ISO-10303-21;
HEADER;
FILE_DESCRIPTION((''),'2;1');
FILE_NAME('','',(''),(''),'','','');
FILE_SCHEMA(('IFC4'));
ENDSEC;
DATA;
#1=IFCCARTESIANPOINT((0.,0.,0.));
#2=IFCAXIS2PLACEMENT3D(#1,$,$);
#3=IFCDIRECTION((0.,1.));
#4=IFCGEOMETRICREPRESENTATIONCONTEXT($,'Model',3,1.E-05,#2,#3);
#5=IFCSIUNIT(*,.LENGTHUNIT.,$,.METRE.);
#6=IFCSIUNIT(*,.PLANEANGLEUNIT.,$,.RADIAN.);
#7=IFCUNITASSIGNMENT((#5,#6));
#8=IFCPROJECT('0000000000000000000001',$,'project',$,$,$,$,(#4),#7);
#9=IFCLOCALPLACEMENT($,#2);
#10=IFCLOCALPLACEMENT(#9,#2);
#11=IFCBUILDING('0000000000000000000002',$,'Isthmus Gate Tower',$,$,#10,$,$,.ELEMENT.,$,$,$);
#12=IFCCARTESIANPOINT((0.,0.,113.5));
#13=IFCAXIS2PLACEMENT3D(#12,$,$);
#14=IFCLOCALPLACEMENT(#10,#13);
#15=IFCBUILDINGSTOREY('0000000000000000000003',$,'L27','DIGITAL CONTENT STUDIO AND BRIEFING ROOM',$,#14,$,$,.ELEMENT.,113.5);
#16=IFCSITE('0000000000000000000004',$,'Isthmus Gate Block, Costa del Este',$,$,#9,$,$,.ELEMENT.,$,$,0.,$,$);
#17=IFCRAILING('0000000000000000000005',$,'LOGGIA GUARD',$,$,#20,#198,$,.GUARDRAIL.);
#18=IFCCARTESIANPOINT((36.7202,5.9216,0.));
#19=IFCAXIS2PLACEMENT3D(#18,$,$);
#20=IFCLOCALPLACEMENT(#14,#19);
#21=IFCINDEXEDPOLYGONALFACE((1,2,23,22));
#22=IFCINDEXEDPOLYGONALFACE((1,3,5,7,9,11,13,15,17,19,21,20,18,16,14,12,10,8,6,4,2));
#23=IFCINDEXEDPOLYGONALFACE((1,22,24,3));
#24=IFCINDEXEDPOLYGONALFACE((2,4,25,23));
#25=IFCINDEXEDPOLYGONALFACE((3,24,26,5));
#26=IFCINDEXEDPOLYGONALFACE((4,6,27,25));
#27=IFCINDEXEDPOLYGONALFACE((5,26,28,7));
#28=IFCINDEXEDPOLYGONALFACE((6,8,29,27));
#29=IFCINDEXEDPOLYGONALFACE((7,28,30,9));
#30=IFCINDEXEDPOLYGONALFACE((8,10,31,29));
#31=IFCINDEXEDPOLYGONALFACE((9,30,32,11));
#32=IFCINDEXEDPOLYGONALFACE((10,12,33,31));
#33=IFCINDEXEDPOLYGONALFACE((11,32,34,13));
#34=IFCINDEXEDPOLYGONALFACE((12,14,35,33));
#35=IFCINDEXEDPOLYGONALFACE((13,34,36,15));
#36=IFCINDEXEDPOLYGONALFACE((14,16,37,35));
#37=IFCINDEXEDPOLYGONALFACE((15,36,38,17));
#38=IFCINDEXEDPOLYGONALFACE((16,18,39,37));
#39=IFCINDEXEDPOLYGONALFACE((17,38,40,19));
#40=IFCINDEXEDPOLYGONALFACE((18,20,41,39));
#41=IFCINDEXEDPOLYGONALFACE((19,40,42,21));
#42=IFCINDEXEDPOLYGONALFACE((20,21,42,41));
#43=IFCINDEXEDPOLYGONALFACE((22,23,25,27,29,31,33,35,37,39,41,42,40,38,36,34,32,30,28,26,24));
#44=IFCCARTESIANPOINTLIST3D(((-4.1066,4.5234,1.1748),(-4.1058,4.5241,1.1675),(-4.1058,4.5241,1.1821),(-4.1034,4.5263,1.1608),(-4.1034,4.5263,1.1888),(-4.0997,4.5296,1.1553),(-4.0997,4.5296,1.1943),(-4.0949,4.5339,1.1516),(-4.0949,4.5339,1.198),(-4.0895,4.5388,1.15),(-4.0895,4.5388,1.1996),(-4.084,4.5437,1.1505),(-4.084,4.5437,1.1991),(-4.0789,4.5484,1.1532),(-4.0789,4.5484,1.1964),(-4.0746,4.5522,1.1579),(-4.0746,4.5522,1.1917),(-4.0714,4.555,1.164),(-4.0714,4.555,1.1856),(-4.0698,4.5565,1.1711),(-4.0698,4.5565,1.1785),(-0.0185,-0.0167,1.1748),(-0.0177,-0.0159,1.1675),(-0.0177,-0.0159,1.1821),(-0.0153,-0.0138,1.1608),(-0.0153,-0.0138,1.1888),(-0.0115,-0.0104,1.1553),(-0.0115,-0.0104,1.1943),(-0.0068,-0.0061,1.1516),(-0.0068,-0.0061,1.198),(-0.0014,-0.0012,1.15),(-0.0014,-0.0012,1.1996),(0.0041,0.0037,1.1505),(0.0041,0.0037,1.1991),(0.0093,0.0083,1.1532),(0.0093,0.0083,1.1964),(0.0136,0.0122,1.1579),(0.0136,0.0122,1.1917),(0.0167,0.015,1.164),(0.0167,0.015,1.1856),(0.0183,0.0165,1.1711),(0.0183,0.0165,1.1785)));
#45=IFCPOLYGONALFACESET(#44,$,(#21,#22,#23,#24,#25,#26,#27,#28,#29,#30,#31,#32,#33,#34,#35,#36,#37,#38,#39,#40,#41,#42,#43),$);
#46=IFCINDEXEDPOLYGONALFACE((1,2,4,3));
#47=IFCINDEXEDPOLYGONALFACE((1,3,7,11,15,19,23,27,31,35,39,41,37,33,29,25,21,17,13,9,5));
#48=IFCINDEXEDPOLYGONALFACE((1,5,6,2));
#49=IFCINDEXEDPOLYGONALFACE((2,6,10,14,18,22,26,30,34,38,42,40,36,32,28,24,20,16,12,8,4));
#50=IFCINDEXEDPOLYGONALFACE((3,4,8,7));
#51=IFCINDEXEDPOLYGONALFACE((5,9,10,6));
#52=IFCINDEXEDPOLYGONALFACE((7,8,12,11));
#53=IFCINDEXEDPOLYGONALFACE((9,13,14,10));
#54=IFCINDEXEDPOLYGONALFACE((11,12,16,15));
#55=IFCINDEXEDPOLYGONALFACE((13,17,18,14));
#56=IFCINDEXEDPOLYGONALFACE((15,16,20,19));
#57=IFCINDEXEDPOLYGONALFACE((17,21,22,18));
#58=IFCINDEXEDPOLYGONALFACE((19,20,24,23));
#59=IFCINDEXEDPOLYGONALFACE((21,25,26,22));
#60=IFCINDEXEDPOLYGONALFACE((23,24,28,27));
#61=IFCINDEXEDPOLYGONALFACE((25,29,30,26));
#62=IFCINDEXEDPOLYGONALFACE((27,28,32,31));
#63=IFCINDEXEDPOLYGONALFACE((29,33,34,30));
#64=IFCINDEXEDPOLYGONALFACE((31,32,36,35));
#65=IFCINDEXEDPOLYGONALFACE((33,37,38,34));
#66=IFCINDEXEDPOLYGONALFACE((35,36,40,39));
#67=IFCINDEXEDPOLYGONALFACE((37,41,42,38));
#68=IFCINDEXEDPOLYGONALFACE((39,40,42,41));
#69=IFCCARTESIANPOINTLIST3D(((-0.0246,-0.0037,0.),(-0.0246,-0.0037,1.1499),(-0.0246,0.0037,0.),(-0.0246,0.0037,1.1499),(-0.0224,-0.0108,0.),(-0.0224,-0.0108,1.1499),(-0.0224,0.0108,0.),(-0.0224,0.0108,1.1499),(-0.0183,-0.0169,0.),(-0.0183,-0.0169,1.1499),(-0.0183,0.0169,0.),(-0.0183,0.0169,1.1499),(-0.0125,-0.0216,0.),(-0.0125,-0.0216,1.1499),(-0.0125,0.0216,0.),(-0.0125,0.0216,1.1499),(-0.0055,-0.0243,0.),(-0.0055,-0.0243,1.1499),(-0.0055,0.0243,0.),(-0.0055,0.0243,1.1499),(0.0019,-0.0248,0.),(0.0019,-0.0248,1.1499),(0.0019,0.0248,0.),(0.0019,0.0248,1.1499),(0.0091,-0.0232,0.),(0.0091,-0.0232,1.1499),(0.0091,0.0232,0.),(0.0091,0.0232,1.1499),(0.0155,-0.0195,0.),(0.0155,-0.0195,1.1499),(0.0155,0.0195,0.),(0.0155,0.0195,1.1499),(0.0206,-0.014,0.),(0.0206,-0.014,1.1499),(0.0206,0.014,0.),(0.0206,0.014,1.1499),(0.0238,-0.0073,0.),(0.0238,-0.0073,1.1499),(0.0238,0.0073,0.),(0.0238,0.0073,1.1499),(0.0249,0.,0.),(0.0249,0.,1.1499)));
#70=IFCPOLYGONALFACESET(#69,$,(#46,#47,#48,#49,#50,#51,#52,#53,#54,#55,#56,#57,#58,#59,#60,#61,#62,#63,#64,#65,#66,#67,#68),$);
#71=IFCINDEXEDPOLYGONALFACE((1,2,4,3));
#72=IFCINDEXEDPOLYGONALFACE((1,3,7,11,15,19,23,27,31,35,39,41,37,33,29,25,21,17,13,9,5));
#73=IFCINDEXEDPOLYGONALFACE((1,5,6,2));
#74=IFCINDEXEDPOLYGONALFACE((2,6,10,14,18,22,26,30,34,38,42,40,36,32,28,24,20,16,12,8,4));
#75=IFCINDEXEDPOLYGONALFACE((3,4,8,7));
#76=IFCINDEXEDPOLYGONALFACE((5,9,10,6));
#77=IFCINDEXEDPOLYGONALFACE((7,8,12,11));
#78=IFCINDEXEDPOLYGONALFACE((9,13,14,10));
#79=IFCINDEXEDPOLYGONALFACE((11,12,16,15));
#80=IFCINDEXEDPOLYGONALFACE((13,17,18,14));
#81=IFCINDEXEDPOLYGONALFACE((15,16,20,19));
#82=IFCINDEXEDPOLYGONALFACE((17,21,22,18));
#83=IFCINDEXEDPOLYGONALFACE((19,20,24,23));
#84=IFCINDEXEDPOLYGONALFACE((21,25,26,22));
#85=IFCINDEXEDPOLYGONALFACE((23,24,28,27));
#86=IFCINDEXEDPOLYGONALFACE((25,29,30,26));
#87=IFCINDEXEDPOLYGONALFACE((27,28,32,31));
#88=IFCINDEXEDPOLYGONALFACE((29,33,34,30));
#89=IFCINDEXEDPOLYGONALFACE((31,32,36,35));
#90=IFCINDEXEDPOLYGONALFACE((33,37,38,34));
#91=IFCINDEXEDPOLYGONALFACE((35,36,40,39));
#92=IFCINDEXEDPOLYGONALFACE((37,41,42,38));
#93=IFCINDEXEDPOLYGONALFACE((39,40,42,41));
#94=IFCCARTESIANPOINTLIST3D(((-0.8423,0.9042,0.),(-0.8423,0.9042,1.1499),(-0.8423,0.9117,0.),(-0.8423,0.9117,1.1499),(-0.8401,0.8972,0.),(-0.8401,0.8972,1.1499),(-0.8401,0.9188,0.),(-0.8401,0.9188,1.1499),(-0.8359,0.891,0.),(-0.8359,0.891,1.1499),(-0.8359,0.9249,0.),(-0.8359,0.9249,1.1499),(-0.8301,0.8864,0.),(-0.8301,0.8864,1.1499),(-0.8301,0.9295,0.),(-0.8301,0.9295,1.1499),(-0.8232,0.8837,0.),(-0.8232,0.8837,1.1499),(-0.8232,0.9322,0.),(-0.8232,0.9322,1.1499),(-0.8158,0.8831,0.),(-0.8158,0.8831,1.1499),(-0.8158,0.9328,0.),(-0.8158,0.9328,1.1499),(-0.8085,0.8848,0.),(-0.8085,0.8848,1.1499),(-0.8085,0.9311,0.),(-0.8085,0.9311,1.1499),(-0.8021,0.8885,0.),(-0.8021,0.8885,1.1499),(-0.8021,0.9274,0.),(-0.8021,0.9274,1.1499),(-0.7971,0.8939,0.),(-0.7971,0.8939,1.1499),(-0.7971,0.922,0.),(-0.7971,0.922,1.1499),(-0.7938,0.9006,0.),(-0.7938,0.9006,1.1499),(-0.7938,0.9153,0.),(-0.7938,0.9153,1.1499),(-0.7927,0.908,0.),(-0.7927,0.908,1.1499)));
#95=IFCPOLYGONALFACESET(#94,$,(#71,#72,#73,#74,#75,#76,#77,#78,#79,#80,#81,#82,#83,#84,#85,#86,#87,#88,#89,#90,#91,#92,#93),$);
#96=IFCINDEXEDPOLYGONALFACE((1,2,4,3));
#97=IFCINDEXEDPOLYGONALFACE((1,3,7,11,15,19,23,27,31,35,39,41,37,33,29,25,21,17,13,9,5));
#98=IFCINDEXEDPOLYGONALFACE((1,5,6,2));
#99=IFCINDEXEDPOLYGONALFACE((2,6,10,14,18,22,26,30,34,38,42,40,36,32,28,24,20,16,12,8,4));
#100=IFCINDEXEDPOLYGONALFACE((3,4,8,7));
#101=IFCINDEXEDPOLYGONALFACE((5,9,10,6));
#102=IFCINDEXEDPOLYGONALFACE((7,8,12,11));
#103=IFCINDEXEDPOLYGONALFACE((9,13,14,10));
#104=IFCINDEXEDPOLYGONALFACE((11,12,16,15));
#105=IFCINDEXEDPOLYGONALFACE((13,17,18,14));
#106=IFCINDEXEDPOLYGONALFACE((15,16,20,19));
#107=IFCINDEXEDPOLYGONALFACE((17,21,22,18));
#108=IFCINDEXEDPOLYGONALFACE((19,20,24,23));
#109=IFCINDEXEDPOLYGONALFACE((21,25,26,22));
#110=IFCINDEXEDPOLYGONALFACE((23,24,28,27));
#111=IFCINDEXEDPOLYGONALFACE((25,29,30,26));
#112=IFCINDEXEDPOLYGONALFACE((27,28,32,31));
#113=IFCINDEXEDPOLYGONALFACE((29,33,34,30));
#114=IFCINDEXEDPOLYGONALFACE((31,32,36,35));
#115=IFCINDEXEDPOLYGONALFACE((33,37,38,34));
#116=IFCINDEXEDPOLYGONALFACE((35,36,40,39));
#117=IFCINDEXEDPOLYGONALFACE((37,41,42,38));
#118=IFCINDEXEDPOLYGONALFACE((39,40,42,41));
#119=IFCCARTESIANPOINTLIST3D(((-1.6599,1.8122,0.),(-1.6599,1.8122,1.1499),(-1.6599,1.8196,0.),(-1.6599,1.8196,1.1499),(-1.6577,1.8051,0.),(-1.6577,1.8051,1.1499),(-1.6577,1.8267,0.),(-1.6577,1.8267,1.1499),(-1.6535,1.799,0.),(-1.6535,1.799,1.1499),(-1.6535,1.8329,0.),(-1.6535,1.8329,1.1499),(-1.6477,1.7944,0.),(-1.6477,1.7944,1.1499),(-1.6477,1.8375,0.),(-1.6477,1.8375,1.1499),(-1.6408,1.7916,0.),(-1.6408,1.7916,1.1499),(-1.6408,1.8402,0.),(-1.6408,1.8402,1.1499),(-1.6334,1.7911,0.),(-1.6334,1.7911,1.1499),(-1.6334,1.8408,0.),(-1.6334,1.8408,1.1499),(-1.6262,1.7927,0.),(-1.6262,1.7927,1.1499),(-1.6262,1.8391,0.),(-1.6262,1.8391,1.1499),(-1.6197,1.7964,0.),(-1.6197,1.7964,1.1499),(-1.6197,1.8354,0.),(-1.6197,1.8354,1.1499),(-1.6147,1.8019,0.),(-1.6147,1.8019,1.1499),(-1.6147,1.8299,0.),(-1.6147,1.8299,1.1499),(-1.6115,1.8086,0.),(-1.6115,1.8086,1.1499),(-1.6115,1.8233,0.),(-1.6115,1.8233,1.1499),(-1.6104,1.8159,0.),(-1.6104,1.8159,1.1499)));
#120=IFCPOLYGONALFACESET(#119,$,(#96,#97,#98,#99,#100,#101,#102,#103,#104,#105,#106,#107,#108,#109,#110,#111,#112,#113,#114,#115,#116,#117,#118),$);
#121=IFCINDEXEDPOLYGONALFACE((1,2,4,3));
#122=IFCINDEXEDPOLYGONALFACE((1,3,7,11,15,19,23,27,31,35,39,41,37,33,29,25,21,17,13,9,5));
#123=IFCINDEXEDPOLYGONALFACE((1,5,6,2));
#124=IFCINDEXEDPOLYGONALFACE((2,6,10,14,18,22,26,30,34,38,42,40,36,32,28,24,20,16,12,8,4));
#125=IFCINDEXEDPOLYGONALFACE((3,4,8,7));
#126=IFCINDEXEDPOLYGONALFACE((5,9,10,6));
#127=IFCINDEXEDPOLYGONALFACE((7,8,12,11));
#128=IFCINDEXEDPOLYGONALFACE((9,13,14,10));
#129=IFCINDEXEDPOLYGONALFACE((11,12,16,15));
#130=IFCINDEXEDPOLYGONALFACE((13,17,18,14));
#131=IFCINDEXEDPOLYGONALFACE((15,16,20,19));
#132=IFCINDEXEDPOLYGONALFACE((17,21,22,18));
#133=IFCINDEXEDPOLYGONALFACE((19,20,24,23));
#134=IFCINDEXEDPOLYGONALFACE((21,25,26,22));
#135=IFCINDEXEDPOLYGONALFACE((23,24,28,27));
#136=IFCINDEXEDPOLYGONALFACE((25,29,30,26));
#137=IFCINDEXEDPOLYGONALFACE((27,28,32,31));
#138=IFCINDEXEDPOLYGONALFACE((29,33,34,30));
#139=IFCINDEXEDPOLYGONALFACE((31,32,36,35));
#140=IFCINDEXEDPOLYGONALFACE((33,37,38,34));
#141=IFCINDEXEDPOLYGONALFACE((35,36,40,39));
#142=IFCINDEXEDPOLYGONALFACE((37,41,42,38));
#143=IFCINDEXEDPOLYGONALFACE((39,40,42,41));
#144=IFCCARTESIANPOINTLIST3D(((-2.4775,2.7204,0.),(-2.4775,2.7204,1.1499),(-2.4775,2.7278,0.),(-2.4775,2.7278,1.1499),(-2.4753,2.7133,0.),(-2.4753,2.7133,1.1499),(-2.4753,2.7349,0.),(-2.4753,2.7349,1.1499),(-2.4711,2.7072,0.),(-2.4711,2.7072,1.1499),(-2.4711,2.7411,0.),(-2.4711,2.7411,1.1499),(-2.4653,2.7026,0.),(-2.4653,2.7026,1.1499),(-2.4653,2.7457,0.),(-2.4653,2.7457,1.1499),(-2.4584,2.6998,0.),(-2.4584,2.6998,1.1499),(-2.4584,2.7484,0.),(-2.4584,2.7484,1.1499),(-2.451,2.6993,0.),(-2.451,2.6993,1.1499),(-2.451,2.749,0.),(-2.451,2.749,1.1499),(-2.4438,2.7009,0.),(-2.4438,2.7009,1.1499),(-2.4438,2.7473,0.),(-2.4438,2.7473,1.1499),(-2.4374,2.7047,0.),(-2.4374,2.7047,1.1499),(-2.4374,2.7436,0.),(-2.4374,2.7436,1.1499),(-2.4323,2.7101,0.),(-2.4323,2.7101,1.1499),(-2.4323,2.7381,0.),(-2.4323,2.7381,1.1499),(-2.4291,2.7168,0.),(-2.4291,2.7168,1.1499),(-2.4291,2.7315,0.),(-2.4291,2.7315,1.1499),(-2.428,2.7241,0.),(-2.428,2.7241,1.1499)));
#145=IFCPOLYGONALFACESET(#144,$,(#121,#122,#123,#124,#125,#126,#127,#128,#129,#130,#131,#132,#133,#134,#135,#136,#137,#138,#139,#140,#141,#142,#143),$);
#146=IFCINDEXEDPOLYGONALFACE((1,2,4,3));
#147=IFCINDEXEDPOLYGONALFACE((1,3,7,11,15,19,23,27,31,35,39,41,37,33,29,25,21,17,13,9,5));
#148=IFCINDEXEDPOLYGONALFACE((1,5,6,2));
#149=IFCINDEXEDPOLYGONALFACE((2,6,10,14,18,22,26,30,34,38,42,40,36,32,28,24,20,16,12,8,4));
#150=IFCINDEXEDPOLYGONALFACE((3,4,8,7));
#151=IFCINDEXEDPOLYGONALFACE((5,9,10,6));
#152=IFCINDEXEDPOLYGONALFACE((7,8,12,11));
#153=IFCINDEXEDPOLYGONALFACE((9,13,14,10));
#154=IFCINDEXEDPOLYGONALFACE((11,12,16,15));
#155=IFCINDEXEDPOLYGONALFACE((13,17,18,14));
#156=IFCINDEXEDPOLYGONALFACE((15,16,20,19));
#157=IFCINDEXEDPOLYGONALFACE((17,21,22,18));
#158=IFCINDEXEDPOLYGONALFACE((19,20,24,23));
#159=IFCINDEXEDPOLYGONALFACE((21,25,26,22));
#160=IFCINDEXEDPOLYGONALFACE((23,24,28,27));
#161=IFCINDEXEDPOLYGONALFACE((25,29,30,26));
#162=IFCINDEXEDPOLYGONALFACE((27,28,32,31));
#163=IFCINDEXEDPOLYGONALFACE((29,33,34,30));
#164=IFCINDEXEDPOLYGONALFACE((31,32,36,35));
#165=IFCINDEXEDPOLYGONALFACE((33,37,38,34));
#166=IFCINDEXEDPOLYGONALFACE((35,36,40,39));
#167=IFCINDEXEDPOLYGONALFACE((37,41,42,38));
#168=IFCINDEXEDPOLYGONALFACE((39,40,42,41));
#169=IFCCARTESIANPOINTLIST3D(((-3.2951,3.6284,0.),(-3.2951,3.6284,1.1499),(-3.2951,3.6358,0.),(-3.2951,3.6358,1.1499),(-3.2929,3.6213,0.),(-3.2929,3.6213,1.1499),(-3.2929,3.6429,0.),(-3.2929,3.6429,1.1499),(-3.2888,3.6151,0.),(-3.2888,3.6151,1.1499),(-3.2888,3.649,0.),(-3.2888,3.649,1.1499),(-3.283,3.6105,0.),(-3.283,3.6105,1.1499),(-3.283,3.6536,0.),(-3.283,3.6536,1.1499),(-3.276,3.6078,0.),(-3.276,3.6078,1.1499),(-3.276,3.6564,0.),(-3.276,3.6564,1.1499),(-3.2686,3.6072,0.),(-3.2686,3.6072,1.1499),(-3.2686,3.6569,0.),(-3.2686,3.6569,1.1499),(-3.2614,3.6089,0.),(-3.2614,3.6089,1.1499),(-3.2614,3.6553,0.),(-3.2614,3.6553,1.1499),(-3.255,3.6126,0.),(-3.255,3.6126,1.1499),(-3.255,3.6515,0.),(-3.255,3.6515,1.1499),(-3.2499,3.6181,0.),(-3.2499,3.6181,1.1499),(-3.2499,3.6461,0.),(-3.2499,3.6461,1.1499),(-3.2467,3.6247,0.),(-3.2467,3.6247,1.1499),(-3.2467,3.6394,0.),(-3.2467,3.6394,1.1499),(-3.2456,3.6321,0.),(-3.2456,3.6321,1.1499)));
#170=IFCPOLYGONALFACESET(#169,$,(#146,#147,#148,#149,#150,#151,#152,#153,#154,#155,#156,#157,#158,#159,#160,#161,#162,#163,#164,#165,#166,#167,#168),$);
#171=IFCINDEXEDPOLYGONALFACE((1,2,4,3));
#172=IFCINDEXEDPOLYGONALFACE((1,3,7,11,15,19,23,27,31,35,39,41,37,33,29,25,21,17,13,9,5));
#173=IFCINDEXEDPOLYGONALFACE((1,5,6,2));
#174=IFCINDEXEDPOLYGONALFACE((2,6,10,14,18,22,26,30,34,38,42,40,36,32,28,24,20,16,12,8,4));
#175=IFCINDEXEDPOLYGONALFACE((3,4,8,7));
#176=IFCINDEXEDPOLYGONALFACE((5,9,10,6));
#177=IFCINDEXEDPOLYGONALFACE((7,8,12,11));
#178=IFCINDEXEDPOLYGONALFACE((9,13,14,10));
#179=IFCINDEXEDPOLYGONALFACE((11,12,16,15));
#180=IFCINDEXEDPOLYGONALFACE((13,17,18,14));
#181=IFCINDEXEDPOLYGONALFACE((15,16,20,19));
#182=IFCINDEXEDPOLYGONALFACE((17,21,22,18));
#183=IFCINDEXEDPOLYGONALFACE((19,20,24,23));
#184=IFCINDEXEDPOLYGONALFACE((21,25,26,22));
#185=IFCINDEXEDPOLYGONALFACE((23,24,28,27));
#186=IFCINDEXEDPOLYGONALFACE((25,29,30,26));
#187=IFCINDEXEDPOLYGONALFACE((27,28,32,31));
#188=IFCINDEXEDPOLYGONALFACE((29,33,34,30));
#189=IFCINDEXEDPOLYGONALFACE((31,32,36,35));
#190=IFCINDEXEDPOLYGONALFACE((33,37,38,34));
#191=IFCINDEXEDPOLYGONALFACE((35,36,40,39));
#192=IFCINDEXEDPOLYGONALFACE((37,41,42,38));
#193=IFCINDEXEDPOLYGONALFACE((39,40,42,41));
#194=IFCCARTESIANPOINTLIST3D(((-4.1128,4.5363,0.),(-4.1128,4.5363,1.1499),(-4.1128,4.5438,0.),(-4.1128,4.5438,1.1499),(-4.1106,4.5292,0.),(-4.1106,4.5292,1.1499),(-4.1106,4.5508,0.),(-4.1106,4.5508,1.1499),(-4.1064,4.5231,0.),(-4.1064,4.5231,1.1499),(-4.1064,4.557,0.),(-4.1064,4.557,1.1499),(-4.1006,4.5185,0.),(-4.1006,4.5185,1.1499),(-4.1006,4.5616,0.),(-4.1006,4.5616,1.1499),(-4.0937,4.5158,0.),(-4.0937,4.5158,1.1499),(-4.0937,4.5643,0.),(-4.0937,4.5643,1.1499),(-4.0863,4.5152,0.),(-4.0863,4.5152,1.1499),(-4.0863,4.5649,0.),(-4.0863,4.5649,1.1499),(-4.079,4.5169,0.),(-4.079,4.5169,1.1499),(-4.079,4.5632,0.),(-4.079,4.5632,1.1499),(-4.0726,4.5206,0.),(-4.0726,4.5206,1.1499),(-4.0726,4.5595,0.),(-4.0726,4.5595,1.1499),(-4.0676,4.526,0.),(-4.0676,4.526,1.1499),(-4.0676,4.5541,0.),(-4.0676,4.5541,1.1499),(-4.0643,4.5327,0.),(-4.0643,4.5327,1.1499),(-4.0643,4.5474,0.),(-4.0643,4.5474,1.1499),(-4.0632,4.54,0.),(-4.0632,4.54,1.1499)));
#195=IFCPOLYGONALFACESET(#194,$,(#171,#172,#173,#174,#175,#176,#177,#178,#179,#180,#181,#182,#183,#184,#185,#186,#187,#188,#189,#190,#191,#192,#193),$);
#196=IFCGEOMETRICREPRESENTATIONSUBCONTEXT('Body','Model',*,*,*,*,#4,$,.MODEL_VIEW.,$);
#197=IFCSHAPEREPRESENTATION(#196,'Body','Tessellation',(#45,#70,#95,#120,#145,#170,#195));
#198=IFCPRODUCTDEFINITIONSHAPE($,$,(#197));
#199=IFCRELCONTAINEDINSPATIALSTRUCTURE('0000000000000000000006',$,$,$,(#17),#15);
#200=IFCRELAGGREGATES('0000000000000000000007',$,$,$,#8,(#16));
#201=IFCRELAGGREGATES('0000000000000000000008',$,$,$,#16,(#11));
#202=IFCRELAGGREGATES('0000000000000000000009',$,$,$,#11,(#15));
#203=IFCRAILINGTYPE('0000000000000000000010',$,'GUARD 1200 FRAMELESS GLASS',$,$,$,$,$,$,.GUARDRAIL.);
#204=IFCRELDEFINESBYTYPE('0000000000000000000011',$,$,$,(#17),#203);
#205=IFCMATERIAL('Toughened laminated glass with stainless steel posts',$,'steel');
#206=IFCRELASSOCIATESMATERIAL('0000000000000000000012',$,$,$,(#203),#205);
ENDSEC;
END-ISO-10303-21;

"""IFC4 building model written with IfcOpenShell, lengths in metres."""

from ifc_helpers import new_model, si_unit, direction, frame, origin, origin_2d, place, context, subcontext, project, spatial, circle, extrude, material, type_object, element, save


model = new_model("IFC4")

# Units and contexts
model_context = context("Model", 3, precision=1e-05, world=origin(), true_north=direction((0.0, 1.0)))
body_context = subcontext(model_context, "Body", "Model", "MODEL_VIEW")
ifc_project = project(units=[si_unit("LENGTHUNIT", "METRE"), si_unit("PLANEANGLEUNIT", "RADIAN")], contexts=[model_context])

# Site, building, storey
site_placement = place(None, origin())
site = spatial("IfcSite", under=ifc_project, at=site_placement, Name="Isthmus Gate Block, Costa del Este", CompositionType="ELEMENT", RefElevation=0.0)
building_placement = place(site_placement, origin())
building = spatial("IfcBuilding", under=site, at=building_placement, Name="Isthmus Gate Tower", CompositionType="ELEMENT")
storey_placement = place(building_placement, frame((0.0, 0.0, 113.5)))
storey = spatial("IfcBuildingStorey", under=building, at=storey_placement, Name="L27", Description="DIGITAL CONTENT STUDIO AND BRIEFING ROOM", CompositionType="ELEMENT", Elevation=113.5)

# Railing
ifc_material_1 = material(Name="Toughened laminated glass with stainless steel posts", Category="steel")
railing_type = type_object("IfcRailingType", Name="GUARD 1200 FRAMELESS GLASS", PredefinedType="GUARDRAIL", material=ifc_material_1)
railing_placement = place(storey_placement, frame((36.7202, 5.9216, 0.0)))
element("IfcRailing", 1, at=railing_placement, inside=storey, type_object=railing_type, Name="LOGGIA GUARD", PredefinedType="GUARDRAIL", context=body_context, shape_type="SweptSolid", body=[
    extrude(circle(Radius=0.0249, at=origin_2d()), frame((0.0, 0.0, 1.1748), z_axis=(-0.669155, 0.743123, 0.0), x_axis=(-0.743123, -0.669155, 0.0)), (0.0, 0.0, 1.0), 6.1094),
    extrude(circle(Radius=0.0249, at=origin_2d()), origin(), (0.0, 0.0, 1.0), 1.1499),
    extrude(circle(Radius=0.0249, at=origin_2d()), frame((-0.8176, 0.908, 0.0)), (0.0, 0.0, 1.0), 1.1499),
    extrude(circle(Radius=0.0249, at=origin_2d()), frame((-1.6353, 1.8159, 0.0)), (0.0, 0.0, 1.0), 1.1499),
    extrude(circle(Radius=0.0249, at=origin_2d()), frame((-2.4529, 2.7241, 0.0)), (0.0, 0.0, 1.0), 1.1499),
    extrude(circle(Radius=0.0249, at=origin_2d()), frame((-3.2705, 3.6321, 0.0)), (0.0, 0.0, 1.0), 1.1499),
    extrude(circle(Radius=0.0249, at=origin_2d()), frame((-4.0881, 4.54, 0.0)), (0.0, 0.0, 1.0), 1.1499),
])

save(model, "model.ifc")
